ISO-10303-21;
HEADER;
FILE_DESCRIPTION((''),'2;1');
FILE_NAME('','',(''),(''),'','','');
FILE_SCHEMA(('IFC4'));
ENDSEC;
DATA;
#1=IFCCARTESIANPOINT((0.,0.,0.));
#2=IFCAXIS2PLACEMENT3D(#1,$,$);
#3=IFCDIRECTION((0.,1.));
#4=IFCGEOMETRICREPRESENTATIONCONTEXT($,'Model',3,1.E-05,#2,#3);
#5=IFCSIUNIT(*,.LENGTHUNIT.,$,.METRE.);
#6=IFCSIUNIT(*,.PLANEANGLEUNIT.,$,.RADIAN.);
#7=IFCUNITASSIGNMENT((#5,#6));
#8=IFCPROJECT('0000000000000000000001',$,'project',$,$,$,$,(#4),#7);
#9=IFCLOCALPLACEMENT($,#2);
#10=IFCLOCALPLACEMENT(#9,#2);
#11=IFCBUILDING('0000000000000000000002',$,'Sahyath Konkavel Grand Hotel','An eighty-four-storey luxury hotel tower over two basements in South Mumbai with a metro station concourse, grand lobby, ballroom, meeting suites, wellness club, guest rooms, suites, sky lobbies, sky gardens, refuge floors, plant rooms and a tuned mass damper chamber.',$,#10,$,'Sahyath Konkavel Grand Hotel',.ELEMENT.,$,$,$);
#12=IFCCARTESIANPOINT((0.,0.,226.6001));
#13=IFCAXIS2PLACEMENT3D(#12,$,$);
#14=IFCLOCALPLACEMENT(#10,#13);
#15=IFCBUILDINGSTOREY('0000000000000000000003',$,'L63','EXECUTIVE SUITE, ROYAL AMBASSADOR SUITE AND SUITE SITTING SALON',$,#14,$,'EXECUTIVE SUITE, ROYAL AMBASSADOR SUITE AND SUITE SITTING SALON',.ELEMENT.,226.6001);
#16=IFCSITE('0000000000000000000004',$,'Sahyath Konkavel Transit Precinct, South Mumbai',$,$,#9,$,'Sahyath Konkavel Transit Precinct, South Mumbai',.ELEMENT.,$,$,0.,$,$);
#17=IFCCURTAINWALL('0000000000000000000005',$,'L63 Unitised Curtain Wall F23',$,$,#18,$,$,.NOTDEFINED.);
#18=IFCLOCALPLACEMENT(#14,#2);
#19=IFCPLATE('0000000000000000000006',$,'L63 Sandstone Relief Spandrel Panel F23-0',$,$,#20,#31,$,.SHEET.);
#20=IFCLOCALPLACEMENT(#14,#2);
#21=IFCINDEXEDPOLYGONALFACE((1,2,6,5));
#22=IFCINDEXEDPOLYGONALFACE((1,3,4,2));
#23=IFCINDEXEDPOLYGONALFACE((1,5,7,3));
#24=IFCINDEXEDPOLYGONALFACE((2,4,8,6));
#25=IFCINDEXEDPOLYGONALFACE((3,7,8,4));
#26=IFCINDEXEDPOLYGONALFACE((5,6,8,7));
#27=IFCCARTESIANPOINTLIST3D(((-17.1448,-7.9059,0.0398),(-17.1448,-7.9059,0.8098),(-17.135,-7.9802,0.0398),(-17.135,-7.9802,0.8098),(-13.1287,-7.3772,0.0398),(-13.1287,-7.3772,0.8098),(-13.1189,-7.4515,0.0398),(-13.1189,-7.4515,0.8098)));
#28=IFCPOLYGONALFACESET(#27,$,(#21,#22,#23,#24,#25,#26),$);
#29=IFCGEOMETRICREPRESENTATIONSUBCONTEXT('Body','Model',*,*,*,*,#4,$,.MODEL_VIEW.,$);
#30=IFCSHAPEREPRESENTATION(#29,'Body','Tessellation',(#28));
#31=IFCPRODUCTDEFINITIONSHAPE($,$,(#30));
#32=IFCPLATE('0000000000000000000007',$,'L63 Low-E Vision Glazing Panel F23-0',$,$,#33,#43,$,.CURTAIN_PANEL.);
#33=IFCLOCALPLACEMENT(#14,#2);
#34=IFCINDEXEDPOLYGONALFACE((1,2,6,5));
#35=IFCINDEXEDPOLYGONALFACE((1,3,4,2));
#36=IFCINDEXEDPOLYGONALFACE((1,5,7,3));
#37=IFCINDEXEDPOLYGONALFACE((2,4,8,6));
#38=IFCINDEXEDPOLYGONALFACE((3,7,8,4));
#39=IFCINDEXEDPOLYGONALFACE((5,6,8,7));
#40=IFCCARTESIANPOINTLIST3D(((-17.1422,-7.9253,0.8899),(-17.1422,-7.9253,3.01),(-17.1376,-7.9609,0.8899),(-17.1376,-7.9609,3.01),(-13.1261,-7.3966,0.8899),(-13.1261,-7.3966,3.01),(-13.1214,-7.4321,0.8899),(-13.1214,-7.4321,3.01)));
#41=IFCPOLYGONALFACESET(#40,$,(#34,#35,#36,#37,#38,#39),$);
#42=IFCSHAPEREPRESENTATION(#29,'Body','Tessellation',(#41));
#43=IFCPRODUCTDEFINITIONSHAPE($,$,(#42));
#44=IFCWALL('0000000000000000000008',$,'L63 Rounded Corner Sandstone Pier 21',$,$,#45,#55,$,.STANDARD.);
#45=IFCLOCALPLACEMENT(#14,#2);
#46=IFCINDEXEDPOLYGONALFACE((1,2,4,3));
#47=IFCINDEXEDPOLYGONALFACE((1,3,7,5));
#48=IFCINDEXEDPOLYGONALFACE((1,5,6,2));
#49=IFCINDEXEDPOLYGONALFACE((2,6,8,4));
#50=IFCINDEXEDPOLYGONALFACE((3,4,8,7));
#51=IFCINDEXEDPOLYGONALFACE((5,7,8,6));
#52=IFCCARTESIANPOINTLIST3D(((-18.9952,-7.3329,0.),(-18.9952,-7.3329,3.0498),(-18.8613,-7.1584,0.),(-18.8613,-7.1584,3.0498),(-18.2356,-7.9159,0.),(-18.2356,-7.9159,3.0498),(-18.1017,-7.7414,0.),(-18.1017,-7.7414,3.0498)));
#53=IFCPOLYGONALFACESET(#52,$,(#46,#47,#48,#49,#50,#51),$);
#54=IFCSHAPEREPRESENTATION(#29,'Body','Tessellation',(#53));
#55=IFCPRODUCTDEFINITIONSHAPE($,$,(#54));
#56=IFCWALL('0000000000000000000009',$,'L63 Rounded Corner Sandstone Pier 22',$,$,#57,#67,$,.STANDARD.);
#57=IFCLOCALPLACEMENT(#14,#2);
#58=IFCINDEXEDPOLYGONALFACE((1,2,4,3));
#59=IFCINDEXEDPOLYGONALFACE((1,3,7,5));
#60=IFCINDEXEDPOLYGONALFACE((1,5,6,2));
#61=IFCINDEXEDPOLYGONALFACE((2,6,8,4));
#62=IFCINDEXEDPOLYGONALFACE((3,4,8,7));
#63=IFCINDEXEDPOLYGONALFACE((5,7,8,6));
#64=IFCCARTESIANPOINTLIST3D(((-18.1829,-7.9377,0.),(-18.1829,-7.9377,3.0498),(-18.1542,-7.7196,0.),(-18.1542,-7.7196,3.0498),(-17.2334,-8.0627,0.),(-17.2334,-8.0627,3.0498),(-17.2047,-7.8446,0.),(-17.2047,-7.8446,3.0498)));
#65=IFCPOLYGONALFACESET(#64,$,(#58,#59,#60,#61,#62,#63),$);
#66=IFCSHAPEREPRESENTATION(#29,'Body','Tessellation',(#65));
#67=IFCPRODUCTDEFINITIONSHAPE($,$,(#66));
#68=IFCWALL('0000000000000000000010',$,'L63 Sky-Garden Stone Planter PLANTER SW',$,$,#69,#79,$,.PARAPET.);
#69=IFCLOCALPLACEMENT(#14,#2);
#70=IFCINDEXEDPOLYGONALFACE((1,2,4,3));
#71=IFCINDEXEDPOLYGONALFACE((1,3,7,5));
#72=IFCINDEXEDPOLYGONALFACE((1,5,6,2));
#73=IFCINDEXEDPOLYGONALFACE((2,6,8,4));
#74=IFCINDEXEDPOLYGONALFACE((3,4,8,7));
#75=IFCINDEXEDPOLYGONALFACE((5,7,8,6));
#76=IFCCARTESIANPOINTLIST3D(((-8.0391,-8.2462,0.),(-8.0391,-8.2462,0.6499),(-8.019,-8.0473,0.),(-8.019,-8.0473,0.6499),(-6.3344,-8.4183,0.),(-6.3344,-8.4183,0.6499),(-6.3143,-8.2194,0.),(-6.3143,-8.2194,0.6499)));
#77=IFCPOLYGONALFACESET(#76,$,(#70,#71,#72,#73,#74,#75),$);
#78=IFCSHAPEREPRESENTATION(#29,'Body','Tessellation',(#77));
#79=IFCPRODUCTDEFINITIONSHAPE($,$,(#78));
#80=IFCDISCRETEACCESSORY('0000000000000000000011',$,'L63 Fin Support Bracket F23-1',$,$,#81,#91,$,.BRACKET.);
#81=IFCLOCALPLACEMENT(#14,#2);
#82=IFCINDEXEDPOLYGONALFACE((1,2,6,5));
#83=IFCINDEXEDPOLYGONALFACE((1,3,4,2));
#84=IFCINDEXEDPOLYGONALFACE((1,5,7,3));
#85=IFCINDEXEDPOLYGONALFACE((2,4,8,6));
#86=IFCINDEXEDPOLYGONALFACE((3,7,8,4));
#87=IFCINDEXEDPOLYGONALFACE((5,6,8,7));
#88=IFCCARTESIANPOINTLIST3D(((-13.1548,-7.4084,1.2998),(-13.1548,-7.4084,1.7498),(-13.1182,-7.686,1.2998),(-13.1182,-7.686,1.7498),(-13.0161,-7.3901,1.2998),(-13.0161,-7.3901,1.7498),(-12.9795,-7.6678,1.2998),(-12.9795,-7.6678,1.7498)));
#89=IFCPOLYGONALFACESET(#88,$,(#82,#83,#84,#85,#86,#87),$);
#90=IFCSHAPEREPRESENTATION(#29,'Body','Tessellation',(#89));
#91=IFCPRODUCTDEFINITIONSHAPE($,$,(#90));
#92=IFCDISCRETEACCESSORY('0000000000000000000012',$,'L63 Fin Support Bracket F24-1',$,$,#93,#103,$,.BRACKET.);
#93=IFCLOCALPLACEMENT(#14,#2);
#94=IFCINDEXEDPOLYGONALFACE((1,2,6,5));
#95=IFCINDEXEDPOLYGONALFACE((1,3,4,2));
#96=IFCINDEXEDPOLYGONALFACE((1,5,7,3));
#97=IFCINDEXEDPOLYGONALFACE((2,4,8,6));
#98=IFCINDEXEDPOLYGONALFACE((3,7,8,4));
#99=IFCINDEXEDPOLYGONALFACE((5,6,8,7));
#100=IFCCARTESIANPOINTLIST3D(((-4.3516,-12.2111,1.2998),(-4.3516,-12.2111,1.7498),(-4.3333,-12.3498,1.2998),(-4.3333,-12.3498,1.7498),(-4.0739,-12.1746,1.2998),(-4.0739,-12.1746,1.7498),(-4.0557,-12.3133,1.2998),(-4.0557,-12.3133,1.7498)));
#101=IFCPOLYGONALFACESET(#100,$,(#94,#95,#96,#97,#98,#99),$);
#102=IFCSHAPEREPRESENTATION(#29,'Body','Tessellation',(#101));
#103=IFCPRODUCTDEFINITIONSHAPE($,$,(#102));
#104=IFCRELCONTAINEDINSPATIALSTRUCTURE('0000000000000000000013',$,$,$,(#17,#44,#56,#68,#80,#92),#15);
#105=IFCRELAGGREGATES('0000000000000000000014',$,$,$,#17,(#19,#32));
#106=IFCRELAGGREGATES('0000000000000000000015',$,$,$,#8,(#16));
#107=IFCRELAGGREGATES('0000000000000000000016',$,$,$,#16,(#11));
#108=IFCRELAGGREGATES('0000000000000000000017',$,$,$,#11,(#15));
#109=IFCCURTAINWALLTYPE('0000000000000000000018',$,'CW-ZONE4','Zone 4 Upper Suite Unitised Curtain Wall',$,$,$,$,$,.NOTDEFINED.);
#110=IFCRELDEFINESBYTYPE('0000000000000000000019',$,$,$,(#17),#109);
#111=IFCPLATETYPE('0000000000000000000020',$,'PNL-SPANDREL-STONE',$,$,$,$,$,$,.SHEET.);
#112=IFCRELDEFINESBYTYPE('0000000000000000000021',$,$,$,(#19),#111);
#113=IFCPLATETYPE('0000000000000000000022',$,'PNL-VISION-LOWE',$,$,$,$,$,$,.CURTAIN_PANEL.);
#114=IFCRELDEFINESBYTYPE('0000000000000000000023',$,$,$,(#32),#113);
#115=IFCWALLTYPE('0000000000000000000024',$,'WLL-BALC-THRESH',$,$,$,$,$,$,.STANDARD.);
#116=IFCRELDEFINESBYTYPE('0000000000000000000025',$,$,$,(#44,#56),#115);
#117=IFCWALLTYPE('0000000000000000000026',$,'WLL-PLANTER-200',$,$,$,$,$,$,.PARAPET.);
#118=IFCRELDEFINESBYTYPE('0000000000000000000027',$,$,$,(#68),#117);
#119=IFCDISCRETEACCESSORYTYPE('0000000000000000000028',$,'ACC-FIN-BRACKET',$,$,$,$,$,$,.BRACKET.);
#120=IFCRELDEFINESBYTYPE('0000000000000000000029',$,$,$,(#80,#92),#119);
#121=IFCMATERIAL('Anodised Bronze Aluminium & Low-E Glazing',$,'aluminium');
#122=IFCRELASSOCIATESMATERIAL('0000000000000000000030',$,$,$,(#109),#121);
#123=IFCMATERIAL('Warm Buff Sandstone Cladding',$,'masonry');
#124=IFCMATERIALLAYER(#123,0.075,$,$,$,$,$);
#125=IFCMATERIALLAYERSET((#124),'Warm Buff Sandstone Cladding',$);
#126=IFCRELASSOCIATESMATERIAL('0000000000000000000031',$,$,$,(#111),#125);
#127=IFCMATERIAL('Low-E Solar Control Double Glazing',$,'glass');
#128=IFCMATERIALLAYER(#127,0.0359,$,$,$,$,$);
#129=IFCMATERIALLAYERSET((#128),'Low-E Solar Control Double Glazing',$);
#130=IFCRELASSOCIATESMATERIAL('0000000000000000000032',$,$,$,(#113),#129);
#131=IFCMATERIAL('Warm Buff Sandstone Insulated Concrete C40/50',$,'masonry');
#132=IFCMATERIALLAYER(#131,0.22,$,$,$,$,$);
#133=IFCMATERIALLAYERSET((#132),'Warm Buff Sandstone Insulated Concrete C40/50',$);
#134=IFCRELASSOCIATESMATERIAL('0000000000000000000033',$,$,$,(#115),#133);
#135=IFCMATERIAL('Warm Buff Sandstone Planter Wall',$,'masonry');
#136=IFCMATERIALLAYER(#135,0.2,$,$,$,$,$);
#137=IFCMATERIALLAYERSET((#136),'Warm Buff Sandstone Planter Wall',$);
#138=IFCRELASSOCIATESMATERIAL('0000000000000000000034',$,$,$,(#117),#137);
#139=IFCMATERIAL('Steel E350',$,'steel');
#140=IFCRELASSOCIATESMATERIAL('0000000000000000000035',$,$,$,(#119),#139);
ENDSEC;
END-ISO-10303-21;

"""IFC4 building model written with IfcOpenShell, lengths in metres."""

from ifc_helpers import new_model, si_unit, direction, frame, frame_2d, origin, origin_2d, place, context, subcontext, project, spatial, rectangle, extrude, source, transform, mapped, material, layer, layer_set, type_object, element, aggregate, save


model = new_model("IFC4")

# Units and contexts
model_context = context("Model", 3, precision=1e-05, world=origin(), true_north=direction((0.0, 1.0)))
body_context = subcontext(model_context, "Body", "Model", "MODEL_VIEW")
ifc_project = project(units=[si_unit("LENGTHUNIT", "METRE"), si_unit("PLANEANGLEUNIT", "RADIAN")], contexts=[model_context])

# Site, building, storey
site_placement = place(None, origin())
site = spatial("IfcSite", under=ifc_project, at=site_placement, Name="Sahyath Konkavel Transit Precinct, South Mumbai", LongName="Sahyath Konkavel Transit Precinct, South Mumbai", CompositionType="ELEMENT", RefElevation=0.0)
building_placement = place(site_placement, origin())
building = spatial("IfcBuilding", under=site, at=building_placement, Name="Sahyath Konkavel Grand Hotel", Description="An eighty-four-storey luxury hotel tower over two basements in South Mumbai with a metro station concourse, grand lobby, ballroom, meeting suites, wellness club, guest rooms, suites, sky lobbies, sky gardens, refuge floors, plant rooms and a tuned mass damper chamber.", LongName="Sahyath Konkavel Grand Hotel", CompositionType="ELEMENT")
storey_placement = place(building_placement, frame((0.0, 0.0, 226.6001)))
storey = spatial("IfcBuildingStorey", under=building, at=storey_placement, Name="L63", Description="EXECUTIVE SUITE, ROYAL AMBASSADOR SUITE AND SUITE SITTING SALON", LongName="EXECUTIVE SUITE, ROYAL AMBASSADOR SUITE AND SUITE SITTING SALON", CompositionType="ELEMENT", Elevation=226.6001)

# Shared definitions
ifc_material_1 = material(Name="Steel E350", Category="steel")

# Shared definitions
ifc_material_2 = material(Name="Anodised Bronze Aluminium & Low-E Glazing", Category="aluminium")
curtain_wall_type = type_object("IfcCurtainWallType", Name="CW-ZONE4", Description="Zone 4 Upper Suite Unitised Curtain Wall", PredefinedType="NOTDEFINED", material=ifc_material_2)

# Curtain wall
curtain_wall_1_placement = place(storey_placement, origin())
curtain_wall_1 = element("IfcCurtainWall", 1, at=curtain_wall_1_placement, inside=storey, type_object=curtain_wall_type, Name="L63 Unitised Curtain Wall F23", PredefinedType="NOTDEFINED")

# Plates
ifc_material_3 = material(Name="Warm Buff Sandstone Cladding", Category="masonry")
ifc_layer_1 = layer(ifc_material_3, 0.075)
ifc_layer_set_1 = layer_set([ifc_layer_1], Name="Warm Buff Sandstone Cladding")
plate_type_1 = type_object("IfcPlateType", Name="PNL-SPANDREL-STONE", PredefinedType="SHEET", material=ifc_layer_set_1)
ifc_material_4 = material(Name="Low-E Solar Control Double Glazing", Category="glass")
ifc_layer_2 = layer(ifc_material_4, 0.0359)
ifc_layer_set_2 = layer_set([ifc_layer_2], Name="Low-E Solar Control Double Glazing")
plate_type_2 = type_object("IfcPlateType", Name="PNL-VISION-LOWE", PredefinedType="CURTAIN_PANEL", material=ifc_layer_set_2)
shared_shape_1 = source(origin(), body_context, "Body", "SweptSolid", [
    extrude(rectangle(XDim=4.0508, YDim=0.075, at=origin_2d()), origin(), (0.0, 0.0, 1.0), 0.77),
])
plate_1_placement = place(storey_placement, frame((-15.1318, -7.6787, 0.0398), z_axis=(0.0, 0.0, 1.0), x_axis=(0.991445, 0.130526, 0.0)))
plate_1 = element("IfcPlate", 2, at=plate_1_placement, type_object=plate_type_1, Name="L63 Sandstone Relief Spandrel Panel F23-0", PredefinedType="SHEET", context=body_context, shape_type="MappedRepresentation", body=[
    mapped(shared_shape_1, transform((0.0, 0.0, 0.0), scale=1.0)),
])
shared_shape_2 = source(origin(), body_context, "Body", "SweptSolid", [
    extrude(rectangle(XDim=4.0508, YDim=0.0359, at=origin_2d()), origin(), (0.0, 0.0, 1.0), 2.1201),
])
plate_2_placement = place(storey_placement, frame((-15.1318, -7.6787, 0.8899), z_axis=(0.0, 0.0, 1.0), x_axis=(0.991445, 0.130526, 0.0)))
plate_2 = element("IfcPlate", 3, at=plate_2_placement, type_object=plate_type_2, Name="L63 Low-E Vision Glazing Panel F23-0", PredefinedType="CURTAIN_PANEL", context=body_context, shape_type="MappedRepresentation", body=[
    mapped(shared_shape_2, transform((0.0, 0.0, 0.0), scale=1.0)),
])
aggregate(curtain_wall_1, [plate_1, plate_2])

# Walls
ifc_material_5 = material(Name="Warm Buff Sandstone Insulated Concrete C40/50", Category="masonry")
ifc_layer_3 = layer(ifc_material_5, 0.22)
ifc_layer_set_3 = layer_set([ifc_layer_3], Name="Warm Buff Sandstone Insulated Concrete C40/50")
wall_type_1 = type_object("IfcWallType", Name="WLL-BALC-THRESH", PredefinedType="STANDARD", material=ifc_layer_set_3)
wall_1_placement = place(storey_placement, frame((-18.9282, -7.2456, 0.0), z_axis=(0.0, 0.0, 1.0), x_axis=(0.793249, -0.608897, 0.0)))
element("IfcWall", 4, at=wall_1_placement, inside=storey, type_object=wall_type_1, Name="L63 Rounded Corner Sandstone Pier 21", PredefinedType="STANDARD", context=body_context, shape_type="SweptSolid", body=[
    extrude(rectangle(XDim=0.9575, YDim=0.22, at=frame_2d((0.4788, 0.0))), origin(), (0.0, 0.0, 1.0), 3.0498),
])
wall_2_placement = place(storey_placement, frame((-18.1687, -7.8286, 0.0), z_axis=(0.0, 0.0, 1.0), x_axis=(0.991445, -0.130527, 0.0)))
element("IfcWall", 5, at=wall_2_placement, inside=storey, type_object=wall_type_1, Name="L63 Rounded Corner Sandstone Pier 22", PredefinedType="STANDARD", context=body_context, shape_type="SweptSolid", body=[
    extrude(rectangle(XDim=0.9578, YDim=0.22, at=frame_2d((0.479, 0.0))), origin(), (0.0, 0.0, 1.0), 3.0498),
])
ifc_material_6 = material(Name="Warm Buff Sandstone Planter Wall", Category="masonry")
ifc_layer_4 = layer(ifc_material_6, 0.2)
ifc_layer_set_4 = layer_set([ifc_layer_4], Name="Warm Buff Sandstone Planter Wall")
wall_type_2 = type_object("IfcWallType", Name="WLL-PLANTER-200", PredefinedType="PARAPET", material=ifc_layer_set_4)
wall_3_placement = place(storey_placement, frame((-8.0291, -8.1467, 0.0), z_axis=(0.0, 0.0, 1.0), x_axis=(0.994942, -0.100449, 0.0)))
element("IfcWall", 6, at=wall_3_placement, inside=storey, type_object=wall_type_2, Name="L63 Sky-Garden Stone Planter PLANTER SW", PredefinedType="PARAPET", context=body_context, shape_type="SweptSolid", body=[
    extrude(rectangle(XDim=1.7134, YDim=0.2, at=frame_2d((0.8567, 0.0))), origin(), (0.0, 0.0, 1.0), 0.6499),
])

# Discrete accessories
discrete_accessory_type = type_object("IfcDiscreteAccessoryType", Name="ACC-FIN-BRACKET", PredefinedType="BRACKET", material=ifc_material_1)
shared_shape_3 = source(origin(), body_context, "Body", "SweptSolid", [
    extrude(rectangle(XDim=0.28, YDim=0.1399, at=origin_2d()), origin(), (0.0, 0.0, 1.0), 0.45),
])
for number, where, z_axis, x_axis, name in (
    (7, (-13.0671, -7.5381, 1.2998), (0.0, 0.0, 1.0), (0.130526, -0.991445, 0.0), "L63 Fin Support Bracket F23-1"),
    (8, (-4.2036, -12.2622, 1.2998), (0.0, 0.0, 1.0), (-0.991443, -0.130543, 0.0), "L63 Fin Support Bracket F24-1"),
):
    element("IfcDiscreteAccessory", number, at=place(storey_placement, frame(where, z_axis=z_axis, x_axis=x_axis)), inside=storey, type_object=discrete_accessory_type, Name=name, PredefinedType="BRACKET", context=body_context, shape_type="MappedRepresentation", body=[
        mapped(shared_shape_3, transform((0.0, 0.0, 0.0), scale=1.0)),
    ])

save(model, "model.ifc")
